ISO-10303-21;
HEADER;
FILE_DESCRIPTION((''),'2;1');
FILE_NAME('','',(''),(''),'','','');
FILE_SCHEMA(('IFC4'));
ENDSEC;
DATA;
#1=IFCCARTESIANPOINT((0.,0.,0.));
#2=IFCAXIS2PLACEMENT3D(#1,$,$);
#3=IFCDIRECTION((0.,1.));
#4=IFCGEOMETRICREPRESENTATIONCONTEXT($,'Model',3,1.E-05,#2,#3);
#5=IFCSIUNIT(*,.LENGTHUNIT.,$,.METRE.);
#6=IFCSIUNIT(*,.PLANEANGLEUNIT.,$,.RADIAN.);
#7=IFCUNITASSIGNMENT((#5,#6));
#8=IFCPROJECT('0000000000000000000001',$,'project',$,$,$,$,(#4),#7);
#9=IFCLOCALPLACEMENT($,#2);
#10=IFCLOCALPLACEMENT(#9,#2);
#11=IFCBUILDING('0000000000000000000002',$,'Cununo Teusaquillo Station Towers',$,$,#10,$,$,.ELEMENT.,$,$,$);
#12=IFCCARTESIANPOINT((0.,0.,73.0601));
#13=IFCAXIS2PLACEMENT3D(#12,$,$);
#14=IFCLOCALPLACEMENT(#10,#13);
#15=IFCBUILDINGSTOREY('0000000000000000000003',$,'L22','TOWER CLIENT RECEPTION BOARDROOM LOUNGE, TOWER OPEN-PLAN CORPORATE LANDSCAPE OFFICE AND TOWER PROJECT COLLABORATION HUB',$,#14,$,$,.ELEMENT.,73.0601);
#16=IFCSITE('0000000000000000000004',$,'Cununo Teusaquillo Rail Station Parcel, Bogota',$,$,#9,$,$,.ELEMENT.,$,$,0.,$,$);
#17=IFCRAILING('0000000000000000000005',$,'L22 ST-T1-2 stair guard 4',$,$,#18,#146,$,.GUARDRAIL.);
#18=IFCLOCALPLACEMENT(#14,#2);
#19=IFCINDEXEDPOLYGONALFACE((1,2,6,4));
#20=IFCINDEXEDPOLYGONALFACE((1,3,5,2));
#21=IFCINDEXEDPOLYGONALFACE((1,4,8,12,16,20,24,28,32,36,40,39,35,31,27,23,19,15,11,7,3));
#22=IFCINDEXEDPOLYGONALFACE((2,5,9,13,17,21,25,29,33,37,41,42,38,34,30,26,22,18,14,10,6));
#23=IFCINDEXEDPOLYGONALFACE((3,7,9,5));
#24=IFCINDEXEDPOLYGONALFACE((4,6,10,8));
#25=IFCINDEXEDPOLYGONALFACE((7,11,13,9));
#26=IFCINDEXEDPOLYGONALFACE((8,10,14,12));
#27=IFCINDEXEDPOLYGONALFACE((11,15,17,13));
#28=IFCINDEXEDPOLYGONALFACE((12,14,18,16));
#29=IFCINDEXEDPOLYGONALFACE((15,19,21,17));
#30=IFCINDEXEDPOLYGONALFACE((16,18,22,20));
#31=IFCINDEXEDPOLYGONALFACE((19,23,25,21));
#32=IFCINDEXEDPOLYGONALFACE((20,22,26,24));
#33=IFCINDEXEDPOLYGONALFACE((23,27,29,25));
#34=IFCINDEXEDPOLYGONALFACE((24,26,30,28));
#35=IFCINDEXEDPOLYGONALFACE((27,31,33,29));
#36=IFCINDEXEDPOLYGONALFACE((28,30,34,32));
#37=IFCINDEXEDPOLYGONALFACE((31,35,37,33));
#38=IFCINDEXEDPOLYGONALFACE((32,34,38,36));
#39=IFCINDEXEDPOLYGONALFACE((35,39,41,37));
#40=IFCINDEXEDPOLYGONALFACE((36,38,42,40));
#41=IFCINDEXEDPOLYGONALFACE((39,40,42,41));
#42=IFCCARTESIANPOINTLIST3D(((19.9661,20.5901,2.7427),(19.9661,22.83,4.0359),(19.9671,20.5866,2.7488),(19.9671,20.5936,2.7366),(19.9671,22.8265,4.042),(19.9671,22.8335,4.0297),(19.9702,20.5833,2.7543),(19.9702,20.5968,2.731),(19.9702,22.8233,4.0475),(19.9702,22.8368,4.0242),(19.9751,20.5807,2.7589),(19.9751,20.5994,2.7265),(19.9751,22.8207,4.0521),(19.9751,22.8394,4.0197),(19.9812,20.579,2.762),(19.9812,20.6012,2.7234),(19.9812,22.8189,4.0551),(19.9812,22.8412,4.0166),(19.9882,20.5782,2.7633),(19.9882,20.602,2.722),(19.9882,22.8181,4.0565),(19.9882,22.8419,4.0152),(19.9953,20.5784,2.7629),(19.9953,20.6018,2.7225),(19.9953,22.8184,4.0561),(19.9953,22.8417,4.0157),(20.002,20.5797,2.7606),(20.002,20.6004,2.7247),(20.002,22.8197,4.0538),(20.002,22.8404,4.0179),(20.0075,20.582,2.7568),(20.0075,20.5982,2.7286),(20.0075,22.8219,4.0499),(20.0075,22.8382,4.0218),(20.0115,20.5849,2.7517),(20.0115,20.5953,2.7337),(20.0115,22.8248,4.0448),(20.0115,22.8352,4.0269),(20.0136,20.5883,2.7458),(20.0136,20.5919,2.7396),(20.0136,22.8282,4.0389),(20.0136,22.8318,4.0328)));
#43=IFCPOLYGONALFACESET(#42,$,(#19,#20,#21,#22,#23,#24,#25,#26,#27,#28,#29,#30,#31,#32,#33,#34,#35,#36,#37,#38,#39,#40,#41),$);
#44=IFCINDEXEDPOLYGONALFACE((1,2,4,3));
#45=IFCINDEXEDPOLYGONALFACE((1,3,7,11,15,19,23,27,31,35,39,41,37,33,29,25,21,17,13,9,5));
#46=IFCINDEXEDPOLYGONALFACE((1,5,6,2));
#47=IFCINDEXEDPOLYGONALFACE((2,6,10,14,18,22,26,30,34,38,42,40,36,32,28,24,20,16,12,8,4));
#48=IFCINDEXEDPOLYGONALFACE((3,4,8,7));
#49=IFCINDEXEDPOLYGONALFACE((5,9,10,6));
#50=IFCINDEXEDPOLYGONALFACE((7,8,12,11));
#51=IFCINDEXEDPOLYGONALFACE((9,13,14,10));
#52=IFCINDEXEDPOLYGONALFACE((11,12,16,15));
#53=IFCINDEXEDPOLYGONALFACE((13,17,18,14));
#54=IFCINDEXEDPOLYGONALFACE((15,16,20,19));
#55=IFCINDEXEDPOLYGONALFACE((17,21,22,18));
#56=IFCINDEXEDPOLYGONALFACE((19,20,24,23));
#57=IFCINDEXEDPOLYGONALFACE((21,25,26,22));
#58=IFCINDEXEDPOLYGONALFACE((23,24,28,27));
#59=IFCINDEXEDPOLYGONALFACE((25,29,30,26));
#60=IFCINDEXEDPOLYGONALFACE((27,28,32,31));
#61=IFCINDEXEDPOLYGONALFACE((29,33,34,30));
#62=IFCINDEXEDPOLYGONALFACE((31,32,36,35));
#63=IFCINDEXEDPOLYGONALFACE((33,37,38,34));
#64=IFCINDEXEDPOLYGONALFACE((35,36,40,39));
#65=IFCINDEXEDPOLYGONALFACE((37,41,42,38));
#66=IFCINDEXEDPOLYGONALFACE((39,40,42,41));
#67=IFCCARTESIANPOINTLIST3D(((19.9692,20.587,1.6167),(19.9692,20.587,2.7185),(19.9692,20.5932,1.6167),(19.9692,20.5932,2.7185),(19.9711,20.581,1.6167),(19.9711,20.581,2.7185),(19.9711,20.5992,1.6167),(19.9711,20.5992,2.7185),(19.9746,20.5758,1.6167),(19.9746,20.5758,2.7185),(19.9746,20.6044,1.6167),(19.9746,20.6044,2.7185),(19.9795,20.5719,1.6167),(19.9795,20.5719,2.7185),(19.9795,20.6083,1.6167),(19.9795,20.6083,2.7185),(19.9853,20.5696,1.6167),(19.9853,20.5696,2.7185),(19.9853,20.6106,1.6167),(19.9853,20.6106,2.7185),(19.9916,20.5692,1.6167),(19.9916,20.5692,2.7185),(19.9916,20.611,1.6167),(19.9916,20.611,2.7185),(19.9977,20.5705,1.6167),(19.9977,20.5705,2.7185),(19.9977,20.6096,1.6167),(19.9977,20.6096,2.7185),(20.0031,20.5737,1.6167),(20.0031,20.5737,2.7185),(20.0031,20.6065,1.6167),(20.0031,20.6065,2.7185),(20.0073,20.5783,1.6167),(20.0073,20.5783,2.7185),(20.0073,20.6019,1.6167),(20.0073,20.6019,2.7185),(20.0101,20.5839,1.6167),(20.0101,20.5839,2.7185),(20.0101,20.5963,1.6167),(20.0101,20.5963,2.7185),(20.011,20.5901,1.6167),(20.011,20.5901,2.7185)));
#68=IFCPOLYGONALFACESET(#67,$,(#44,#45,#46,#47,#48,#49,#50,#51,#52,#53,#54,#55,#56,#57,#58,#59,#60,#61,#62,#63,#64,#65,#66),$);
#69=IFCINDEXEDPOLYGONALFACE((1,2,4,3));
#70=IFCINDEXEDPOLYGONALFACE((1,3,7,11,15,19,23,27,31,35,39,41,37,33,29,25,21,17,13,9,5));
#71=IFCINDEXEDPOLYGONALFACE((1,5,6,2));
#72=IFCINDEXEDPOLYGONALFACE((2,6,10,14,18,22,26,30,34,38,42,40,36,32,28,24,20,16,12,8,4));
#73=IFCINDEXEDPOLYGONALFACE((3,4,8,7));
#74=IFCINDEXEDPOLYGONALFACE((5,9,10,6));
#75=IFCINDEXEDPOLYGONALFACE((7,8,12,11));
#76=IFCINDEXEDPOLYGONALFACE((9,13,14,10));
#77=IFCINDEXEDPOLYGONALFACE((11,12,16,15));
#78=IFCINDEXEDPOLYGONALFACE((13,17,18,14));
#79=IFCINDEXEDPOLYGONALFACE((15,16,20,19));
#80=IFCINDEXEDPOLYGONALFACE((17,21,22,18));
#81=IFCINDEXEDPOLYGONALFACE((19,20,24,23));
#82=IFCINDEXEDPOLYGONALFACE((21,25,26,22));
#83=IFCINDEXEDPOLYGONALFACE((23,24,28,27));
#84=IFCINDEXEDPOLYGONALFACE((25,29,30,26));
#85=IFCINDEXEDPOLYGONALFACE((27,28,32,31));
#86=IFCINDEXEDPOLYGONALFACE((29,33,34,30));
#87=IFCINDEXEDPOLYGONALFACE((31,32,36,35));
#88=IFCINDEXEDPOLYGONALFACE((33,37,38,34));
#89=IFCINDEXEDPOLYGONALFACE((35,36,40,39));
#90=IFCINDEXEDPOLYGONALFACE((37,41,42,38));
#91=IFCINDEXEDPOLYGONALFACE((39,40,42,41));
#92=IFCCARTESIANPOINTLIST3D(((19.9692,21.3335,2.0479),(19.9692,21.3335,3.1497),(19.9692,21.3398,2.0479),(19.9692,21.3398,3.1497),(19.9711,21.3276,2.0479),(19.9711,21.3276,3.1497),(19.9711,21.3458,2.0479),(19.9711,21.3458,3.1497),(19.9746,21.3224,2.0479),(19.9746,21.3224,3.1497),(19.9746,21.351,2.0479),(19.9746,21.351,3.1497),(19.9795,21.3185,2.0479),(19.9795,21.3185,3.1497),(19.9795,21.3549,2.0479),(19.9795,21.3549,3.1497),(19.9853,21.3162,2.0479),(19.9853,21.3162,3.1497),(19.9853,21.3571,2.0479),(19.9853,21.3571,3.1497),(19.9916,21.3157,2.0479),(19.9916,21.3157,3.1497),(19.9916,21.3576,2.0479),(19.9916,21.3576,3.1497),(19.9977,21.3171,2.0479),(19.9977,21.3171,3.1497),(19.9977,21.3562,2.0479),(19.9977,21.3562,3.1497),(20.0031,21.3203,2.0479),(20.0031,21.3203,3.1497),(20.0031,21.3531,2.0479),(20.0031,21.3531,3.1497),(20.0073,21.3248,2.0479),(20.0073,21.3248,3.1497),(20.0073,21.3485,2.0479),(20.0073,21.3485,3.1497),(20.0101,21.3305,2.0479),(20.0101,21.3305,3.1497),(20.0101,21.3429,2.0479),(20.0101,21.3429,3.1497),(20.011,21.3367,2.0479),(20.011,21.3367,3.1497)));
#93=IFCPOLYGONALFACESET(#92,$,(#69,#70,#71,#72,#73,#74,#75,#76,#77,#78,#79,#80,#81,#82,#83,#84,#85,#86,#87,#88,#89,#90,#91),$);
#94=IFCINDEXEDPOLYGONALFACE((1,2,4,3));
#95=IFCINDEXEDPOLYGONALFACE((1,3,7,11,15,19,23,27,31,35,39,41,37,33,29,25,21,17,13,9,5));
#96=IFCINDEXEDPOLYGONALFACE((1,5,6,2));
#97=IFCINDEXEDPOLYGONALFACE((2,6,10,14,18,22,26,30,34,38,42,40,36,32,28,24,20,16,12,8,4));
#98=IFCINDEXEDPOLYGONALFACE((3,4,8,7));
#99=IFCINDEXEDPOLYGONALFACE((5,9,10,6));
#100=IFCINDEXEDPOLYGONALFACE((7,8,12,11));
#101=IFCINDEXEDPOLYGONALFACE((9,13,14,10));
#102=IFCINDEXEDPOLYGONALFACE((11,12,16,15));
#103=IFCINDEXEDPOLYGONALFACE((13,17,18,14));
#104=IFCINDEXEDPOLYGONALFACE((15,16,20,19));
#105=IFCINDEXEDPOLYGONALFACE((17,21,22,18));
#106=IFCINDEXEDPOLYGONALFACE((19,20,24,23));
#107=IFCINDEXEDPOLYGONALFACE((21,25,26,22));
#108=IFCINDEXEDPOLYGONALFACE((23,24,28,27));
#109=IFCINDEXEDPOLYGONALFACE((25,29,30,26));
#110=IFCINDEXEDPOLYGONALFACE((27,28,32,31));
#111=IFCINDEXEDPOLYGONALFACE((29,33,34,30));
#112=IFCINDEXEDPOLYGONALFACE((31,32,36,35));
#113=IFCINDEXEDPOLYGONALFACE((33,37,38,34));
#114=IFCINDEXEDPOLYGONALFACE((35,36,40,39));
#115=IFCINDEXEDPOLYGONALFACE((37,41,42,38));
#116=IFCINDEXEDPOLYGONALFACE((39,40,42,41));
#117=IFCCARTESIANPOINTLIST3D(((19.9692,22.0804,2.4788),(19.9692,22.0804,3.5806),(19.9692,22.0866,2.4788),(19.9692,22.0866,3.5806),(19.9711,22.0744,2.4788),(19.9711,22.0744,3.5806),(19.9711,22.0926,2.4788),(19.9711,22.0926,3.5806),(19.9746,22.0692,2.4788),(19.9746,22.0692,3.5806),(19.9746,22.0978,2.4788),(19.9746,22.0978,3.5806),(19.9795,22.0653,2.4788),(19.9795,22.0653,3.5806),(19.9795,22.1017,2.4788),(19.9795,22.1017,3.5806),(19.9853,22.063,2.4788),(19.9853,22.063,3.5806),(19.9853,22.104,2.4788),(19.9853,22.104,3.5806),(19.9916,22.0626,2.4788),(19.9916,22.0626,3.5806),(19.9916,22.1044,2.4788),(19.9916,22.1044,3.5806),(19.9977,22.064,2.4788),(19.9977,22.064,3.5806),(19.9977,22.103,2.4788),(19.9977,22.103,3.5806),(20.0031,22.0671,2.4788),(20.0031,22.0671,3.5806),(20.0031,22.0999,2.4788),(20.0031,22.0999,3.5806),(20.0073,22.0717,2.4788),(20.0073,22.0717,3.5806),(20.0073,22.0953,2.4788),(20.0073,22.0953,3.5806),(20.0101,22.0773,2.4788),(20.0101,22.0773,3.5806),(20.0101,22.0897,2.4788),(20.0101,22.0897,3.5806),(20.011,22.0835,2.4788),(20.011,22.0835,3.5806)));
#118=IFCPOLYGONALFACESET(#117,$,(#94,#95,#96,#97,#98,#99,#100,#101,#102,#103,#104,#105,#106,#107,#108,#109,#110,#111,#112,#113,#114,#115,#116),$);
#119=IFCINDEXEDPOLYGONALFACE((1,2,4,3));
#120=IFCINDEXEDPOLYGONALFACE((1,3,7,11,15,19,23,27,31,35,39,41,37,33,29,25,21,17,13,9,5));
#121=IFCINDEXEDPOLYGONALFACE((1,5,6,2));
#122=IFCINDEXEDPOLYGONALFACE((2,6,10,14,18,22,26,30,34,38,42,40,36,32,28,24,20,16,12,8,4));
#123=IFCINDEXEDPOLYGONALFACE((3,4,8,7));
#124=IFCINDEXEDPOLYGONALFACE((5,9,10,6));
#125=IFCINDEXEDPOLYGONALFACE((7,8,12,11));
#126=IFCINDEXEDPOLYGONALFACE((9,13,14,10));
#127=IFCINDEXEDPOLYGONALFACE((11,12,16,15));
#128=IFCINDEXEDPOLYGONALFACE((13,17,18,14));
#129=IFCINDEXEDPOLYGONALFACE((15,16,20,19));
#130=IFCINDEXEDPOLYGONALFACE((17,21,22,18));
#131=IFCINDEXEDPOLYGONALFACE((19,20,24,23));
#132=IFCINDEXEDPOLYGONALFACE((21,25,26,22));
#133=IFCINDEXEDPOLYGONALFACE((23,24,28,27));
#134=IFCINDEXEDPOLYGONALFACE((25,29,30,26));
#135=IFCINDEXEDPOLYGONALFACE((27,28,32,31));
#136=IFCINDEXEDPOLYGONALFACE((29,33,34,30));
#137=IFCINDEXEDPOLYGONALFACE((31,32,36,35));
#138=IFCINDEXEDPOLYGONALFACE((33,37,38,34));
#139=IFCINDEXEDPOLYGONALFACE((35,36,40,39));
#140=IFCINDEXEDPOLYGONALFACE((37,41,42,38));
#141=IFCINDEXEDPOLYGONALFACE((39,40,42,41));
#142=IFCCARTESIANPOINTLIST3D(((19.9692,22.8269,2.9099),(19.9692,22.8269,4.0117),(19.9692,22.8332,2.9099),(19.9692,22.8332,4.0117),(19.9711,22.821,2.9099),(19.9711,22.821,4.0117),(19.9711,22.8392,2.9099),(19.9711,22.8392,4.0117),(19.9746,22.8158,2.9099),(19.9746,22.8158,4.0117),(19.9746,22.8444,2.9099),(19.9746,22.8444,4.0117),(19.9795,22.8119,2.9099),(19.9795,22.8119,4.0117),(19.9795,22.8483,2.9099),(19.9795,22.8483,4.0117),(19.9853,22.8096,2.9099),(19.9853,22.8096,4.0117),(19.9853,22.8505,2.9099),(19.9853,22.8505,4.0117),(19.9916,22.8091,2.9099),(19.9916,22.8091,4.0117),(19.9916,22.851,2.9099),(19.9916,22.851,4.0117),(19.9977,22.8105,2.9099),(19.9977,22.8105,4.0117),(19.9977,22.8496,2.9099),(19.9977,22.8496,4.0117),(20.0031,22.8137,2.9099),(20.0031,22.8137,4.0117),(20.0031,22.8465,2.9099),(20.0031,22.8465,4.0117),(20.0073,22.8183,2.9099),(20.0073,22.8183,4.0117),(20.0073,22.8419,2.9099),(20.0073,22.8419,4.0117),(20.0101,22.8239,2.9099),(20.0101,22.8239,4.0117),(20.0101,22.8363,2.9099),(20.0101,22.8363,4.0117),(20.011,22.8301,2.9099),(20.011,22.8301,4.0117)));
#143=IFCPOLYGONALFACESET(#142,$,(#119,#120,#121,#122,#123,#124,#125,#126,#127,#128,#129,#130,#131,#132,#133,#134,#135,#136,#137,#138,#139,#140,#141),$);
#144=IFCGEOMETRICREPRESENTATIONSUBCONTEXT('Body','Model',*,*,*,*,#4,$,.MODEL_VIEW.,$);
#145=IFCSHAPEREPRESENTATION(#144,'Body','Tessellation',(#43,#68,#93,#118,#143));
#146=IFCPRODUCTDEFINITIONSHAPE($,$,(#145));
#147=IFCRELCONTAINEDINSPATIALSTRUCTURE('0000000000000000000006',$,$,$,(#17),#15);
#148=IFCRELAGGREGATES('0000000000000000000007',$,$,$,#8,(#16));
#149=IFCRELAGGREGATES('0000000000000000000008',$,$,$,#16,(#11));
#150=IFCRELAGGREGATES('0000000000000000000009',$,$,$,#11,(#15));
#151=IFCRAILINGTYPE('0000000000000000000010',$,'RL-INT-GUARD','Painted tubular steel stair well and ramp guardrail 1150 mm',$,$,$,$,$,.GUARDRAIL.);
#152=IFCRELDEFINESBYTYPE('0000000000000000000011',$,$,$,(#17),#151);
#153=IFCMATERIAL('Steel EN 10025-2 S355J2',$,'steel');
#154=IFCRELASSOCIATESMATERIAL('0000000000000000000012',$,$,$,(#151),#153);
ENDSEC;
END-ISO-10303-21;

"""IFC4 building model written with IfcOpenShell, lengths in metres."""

from ifc_helpers import new_model, si_unit, direction, frame, origin, origin_2d, place, context, subcontext, project, spatial, circle, extrude, material, type_object, element, save


model = new_model("IFC4")

# Units and contexts
model_context = context("Model", 3, precision=1e-05, world=origin(), true_north=direction((0.0, 1.0)))
body_context = subcontext(model_context, "Body", "Model", "MODEL_VIEW")
ifc_project = project(units=[si_unit("LENGTHUNIT", "METRE"), si_unit("PLANEANGLEUNIT", "RADIAN")], contexts=[model_context])

# Site, building, storey
site_placement = place(None, origin())
site = spatial("IfcSite", under=ifc_project, at=site_placement, Name="Cununo Teusaquillo Rail Station Parcel, Bogota", CompositionType="ELEMENT", RefElevation=0.0)
building_placement = place(site_placement, origin())
building = spatial("IfcBuilding", under=site, at=building_placement, Name="Cununo Teusaquillo Station Towers", CompositionType="ELEMENT")
storey_placement = place(building_placement, frame((0.0, 0.0, 73.0601)))
storey = spatial("IfcBuildingStorey", under=building, at=storey_placement, Name="L22", Description="TOWER CLIENT RECEPTION BOARDROOM LOUNGE, TOWER OPEN-PLAN CORPORATE LANDSCAPE OFFICE AND TOWER PROJECT COLLABORATION HUB", CompositionType="ELEMENT", Elevation=73.0601)

# Railing
ifc_material_1 = material(Name="Steel EN 10025-2 S355J2", Category="steel")
railing_type_1 = type_object("IfcRailingType", Name="RL-INT-GUARD", Description="Painted tubular steel stair well and ramp guardrail 1150 mm", PredefinedType="GUARDRAIL", material=ifc_material_1)
railing_1_placement = place(storey_placement, frame((19.99, 20.5901, 1.6167)))
element("IfcRailing", 1, at=railing_1_placement, inside=storey, type_object=railing_type_1, Name="L22 ST-T1-2 stair guard 4", PredefinedType="GUARDRAIL", context=body_context, shape_type="SweptSolid", body=[
    extrude(circle(Radius=0.0239, at=origin_2d()), frame((0.0, 0.0, 1.126), z_axis=(0.0, 0.866033, 0.499987), x_axis=(-1.0, 0.0, 0.0)), (0.0, 0.0, 1.0), 2.5864),
    extrude(circle(Radius=0.021, at=origin_2d()), origin(), (0.0, 0.0, 1.0), 1.1018),
    extrude(circle(Radius=0.021, at=origin_2d()), frame((0.0, 0.7466, 0.4312)), (0.0, 0.0, 1.0), 1.1018),
    extrude(circle(Radius=0.021, at=origin_2d()), frame((0.0, 1.4934, 0.8621)), (0.0, 0.0, 1.0), 1.1018),
    extrude(circle(Radius=0.021, at=origin_2d()), frame((0.0, 2.24, 1.2932)), (0.0, 0.0, 1.0), 1.1018),
])

save(model, "model.ifc")
